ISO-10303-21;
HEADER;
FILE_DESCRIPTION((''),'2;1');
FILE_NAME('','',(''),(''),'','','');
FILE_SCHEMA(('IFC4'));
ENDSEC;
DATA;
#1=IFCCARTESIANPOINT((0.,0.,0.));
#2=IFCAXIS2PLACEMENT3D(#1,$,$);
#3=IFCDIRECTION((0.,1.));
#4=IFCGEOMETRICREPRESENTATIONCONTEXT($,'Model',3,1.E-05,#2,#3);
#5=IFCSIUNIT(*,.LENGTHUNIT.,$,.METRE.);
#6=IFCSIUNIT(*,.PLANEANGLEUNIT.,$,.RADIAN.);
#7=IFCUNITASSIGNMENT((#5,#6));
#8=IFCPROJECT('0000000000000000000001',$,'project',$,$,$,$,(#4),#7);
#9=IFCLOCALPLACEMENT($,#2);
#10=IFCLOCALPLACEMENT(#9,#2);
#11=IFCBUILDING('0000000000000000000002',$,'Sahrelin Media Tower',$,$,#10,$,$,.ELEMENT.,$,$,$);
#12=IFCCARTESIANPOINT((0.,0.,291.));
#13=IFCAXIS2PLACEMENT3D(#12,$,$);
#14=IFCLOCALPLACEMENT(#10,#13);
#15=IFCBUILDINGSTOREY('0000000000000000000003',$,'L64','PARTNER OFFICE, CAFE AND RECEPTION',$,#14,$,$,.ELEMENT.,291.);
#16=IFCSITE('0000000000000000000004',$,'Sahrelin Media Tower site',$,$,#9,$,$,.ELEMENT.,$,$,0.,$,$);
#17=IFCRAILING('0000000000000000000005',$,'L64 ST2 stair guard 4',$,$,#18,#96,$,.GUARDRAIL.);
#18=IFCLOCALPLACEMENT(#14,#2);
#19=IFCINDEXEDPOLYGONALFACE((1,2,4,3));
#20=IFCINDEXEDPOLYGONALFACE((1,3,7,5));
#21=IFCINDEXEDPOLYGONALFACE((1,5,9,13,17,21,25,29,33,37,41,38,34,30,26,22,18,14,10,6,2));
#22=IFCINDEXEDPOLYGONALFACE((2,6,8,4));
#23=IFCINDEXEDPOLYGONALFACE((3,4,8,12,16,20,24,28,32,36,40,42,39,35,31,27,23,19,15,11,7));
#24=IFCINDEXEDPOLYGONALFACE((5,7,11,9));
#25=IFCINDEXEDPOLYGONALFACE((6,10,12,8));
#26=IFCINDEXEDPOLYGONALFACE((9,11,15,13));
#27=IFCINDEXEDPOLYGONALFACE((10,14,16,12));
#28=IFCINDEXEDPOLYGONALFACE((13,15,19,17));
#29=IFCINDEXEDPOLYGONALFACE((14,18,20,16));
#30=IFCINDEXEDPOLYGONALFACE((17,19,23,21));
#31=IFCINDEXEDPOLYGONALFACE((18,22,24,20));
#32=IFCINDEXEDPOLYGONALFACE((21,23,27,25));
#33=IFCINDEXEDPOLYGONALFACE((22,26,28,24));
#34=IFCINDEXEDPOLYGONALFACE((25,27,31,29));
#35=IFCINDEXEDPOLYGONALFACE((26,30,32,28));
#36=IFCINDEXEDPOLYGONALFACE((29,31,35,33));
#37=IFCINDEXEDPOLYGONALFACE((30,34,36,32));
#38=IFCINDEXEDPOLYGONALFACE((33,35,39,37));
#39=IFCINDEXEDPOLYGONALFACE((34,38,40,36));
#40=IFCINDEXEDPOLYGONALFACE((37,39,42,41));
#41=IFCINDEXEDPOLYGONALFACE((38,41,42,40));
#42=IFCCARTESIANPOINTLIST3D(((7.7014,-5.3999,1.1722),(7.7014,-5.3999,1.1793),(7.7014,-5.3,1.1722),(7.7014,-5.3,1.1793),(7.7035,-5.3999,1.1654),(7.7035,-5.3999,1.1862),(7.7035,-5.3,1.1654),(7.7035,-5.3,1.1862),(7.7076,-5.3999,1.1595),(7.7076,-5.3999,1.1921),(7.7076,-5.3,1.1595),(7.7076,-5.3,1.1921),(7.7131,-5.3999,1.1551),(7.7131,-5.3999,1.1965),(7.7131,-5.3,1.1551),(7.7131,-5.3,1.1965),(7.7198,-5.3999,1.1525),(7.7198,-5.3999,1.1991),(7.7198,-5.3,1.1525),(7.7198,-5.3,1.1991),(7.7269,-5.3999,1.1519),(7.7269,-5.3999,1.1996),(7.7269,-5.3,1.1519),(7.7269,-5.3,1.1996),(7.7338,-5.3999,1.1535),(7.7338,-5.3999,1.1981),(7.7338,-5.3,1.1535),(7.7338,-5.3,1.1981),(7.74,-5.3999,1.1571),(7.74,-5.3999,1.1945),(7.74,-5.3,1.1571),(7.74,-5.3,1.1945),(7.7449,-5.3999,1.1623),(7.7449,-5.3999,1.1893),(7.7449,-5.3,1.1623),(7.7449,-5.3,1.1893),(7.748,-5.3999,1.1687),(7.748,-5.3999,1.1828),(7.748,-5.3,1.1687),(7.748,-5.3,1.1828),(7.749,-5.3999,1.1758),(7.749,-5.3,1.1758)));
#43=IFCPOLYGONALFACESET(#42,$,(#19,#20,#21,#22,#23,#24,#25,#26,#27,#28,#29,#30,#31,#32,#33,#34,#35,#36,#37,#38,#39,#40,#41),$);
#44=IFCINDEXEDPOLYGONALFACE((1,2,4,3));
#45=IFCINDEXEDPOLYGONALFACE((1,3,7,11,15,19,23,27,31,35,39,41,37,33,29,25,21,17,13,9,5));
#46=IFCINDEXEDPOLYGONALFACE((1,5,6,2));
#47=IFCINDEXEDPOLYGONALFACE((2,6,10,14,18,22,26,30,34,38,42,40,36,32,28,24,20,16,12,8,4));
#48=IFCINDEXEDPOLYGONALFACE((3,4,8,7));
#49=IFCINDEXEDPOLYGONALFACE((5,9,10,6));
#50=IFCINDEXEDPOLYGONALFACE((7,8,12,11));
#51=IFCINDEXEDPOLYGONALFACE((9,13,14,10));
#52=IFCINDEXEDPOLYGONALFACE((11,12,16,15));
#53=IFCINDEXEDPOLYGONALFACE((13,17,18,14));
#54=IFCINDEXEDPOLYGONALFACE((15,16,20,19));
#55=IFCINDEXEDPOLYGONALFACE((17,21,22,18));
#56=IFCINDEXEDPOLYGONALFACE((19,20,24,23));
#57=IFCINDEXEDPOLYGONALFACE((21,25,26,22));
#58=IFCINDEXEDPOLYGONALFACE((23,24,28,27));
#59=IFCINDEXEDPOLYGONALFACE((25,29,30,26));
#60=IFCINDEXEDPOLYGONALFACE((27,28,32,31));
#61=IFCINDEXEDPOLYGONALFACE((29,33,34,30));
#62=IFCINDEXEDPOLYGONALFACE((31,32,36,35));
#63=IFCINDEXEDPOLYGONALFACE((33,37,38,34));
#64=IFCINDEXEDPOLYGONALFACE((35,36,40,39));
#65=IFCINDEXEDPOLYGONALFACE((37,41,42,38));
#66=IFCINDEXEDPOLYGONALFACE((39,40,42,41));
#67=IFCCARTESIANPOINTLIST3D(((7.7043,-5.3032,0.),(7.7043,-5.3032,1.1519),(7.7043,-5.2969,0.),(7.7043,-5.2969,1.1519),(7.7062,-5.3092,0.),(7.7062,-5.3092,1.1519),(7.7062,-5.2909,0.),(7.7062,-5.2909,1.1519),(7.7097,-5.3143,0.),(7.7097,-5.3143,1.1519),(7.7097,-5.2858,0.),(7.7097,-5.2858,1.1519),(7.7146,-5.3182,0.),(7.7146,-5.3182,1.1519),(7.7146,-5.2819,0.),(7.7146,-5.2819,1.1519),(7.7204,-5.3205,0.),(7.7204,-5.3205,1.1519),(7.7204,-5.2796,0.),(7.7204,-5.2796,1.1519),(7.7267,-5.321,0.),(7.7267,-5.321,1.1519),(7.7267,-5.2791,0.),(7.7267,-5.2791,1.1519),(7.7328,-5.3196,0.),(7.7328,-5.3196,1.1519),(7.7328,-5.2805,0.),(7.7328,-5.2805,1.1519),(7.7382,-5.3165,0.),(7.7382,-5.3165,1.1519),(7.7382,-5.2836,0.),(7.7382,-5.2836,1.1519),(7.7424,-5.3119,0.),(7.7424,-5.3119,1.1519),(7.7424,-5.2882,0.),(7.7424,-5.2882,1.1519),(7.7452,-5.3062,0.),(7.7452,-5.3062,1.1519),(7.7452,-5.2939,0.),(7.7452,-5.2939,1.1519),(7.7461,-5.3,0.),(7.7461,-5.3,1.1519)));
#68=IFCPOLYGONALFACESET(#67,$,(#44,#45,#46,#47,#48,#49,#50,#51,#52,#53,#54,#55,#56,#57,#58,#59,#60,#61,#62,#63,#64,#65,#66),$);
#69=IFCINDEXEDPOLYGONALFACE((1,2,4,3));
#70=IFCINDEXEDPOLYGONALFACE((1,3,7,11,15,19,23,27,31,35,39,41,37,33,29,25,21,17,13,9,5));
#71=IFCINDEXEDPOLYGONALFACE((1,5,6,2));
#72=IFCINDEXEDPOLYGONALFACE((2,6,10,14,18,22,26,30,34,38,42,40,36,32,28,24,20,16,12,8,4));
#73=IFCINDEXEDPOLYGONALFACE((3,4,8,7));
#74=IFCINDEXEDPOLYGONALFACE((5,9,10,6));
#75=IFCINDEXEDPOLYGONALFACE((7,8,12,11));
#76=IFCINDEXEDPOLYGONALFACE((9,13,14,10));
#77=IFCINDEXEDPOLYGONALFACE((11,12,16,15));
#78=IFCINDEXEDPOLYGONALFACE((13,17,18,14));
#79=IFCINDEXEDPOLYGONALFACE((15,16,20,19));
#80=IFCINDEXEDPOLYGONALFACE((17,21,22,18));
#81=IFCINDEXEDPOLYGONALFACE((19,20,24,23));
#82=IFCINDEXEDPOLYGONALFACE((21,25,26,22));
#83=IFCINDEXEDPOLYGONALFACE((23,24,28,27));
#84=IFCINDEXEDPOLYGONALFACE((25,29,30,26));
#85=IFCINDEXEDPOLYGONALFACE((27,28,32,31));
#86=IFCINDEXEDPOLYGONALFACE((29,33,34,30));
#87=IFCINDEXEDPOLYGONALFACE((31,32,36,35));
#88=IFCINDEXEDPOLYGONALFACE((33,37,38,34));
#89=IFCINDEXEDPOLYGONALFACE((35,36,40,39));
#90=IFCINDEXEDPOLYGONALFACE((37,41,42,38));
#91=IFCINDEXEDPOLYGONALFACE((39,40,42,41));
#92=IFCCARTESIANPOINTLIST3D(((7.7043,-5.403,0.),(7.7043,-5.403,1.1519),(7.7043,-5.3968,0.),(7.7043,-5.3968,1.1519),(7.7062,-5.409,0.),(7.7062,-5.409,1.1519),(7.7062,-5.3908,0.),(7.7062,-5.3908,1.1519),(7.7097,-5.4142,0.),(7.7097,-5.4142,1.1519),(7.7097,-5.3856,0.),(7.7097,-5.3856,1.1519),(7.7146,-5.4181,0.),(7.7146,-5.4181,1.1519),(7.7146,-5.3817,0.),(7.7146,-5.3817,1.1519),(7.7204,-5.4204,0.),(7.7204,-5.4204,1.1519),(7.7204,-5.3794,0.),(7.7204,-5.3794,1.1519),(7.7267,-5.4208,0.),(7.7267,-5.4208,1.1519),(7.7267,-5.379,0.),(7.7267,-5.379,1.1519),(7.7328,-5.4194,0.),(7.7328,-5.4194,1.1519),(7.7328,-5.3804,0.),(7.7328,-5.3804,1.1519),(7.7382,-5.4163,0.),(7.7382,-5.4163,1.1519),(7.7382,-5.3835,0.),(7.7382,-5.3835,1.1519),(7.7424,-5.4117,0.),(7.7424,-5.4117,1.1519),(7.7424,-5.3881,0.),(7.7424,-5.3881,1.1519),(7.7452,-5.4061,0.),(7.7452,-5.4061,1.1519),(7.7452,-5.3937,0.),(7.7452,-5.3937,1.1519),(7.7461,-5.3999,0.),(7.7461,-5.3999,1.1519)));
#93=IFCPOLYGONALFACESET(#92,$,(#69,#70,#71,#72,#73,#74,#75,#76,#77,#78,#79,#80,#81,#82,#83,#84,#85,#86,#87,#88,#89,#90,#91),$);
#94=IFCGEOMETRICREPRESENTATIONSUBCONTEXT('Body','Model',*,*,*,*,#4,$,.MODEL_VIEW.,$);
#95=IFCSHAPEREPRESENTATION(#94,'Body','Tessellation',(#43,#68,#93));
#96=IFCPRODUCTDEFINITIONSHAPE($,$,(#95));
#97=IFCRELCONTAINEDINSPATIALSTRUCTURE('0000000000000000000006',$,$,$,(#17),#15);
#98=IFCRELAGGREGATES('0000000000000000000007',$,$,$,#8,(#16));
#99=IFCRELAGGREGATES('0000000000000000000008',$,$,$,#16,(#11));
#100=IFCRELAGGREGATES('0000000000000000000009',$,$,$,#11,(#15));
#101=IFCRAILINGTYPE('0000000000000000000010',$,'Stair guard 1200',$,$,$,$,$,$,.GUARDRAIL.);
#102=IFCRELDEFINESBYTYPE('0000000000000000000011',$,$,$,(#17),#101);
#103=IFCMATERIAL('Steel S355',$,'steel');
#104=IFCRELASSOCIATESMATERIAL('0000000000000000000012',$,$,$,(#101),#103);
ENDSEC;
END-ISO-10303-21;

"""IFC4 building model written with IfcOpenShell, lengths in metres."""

from ifc_helpers import new_model, si_unit, direction, frame, origin, origin_2d, place, context, subcontext, project, spatial, circle, extrude, material, type_object, element, save


model = new_model("IFC4")

# Units and contexts
model_context = context("Model", 3, precision=1e-05, world=origin(), true_north=direction((0.0, 1.0)))
body_context = subcontext(model_context, "Body", "Model", "MODEL_VIEW")
ifc_project = project(units=[si_unit("LENGTHUNIT", "METRE"), si_unit("PLANEANGLEUNIT", "RADIAN")], contexts=[model_context])

# Site, building, storey
site_placement = place(None, origin())
site = spatial("IfcSite", under=ifc_project, at=site_placement, Name="Sahrelin Media Tower site", CompositionType="ELEMENT", RefElevation=0.0)
building_placement = place(site_placement, origin())
building = spatial("IfcBuilding", under=site, at=building_placement, Name="Sahrelin Media Tower", CompositionType="ELEMENT")
storey_placement = place(building_placement, frame((0.0, 0.0, 291.0)))
storey = spatial("IfcBuildingStorey", under=building, at=storey_placement, Name="L64", Description="PARTNER OFFICE, CAFE AND RECEPTION", CompositionType="ELEMENT", Elevation=291.0)

# Railing
ifc_material_1 = material(Name="Steel S355", Category="steel")
railing_type_1 = type_object("IfcRailingType", Name="Stair guard 1200", PredefinedType="GUARDRAIL", material=ifc_material_1)
railing_1_placement = place(storey_placement, frame((7.7251, -5.3, 0.0)))
element("IfcRailing", 1, at=railing_1_placement, inside=storey, type_object=railing_type_1, Name="L64 ST2 stair guard 4", PredefinedType="GUARDRAIL", context=body_context, shape_type="SweptSolid", body=[
    extrude(circle(Radius=0.0239, at=origin_2d()), frame((0.0, 0.0, 1.1758), z_axis=(0.0, -1.0, 0.0), x_axis=(1.0, 0.0, 0.0)), (0.0, 0.0, 1.0), 0.0999),
    extrude(circle(Radius=0.021, at=origin_2d()), origin(), (0.0, 0.0, 1.0), 1.1519),
    extrude(circle(Radius=0.021, at=origin_2d()), frame((0.0, -0.0999, 0.0)), (0.0, 0.0, 1.0), 1.1519),
])

save(model, "model.ifc")
